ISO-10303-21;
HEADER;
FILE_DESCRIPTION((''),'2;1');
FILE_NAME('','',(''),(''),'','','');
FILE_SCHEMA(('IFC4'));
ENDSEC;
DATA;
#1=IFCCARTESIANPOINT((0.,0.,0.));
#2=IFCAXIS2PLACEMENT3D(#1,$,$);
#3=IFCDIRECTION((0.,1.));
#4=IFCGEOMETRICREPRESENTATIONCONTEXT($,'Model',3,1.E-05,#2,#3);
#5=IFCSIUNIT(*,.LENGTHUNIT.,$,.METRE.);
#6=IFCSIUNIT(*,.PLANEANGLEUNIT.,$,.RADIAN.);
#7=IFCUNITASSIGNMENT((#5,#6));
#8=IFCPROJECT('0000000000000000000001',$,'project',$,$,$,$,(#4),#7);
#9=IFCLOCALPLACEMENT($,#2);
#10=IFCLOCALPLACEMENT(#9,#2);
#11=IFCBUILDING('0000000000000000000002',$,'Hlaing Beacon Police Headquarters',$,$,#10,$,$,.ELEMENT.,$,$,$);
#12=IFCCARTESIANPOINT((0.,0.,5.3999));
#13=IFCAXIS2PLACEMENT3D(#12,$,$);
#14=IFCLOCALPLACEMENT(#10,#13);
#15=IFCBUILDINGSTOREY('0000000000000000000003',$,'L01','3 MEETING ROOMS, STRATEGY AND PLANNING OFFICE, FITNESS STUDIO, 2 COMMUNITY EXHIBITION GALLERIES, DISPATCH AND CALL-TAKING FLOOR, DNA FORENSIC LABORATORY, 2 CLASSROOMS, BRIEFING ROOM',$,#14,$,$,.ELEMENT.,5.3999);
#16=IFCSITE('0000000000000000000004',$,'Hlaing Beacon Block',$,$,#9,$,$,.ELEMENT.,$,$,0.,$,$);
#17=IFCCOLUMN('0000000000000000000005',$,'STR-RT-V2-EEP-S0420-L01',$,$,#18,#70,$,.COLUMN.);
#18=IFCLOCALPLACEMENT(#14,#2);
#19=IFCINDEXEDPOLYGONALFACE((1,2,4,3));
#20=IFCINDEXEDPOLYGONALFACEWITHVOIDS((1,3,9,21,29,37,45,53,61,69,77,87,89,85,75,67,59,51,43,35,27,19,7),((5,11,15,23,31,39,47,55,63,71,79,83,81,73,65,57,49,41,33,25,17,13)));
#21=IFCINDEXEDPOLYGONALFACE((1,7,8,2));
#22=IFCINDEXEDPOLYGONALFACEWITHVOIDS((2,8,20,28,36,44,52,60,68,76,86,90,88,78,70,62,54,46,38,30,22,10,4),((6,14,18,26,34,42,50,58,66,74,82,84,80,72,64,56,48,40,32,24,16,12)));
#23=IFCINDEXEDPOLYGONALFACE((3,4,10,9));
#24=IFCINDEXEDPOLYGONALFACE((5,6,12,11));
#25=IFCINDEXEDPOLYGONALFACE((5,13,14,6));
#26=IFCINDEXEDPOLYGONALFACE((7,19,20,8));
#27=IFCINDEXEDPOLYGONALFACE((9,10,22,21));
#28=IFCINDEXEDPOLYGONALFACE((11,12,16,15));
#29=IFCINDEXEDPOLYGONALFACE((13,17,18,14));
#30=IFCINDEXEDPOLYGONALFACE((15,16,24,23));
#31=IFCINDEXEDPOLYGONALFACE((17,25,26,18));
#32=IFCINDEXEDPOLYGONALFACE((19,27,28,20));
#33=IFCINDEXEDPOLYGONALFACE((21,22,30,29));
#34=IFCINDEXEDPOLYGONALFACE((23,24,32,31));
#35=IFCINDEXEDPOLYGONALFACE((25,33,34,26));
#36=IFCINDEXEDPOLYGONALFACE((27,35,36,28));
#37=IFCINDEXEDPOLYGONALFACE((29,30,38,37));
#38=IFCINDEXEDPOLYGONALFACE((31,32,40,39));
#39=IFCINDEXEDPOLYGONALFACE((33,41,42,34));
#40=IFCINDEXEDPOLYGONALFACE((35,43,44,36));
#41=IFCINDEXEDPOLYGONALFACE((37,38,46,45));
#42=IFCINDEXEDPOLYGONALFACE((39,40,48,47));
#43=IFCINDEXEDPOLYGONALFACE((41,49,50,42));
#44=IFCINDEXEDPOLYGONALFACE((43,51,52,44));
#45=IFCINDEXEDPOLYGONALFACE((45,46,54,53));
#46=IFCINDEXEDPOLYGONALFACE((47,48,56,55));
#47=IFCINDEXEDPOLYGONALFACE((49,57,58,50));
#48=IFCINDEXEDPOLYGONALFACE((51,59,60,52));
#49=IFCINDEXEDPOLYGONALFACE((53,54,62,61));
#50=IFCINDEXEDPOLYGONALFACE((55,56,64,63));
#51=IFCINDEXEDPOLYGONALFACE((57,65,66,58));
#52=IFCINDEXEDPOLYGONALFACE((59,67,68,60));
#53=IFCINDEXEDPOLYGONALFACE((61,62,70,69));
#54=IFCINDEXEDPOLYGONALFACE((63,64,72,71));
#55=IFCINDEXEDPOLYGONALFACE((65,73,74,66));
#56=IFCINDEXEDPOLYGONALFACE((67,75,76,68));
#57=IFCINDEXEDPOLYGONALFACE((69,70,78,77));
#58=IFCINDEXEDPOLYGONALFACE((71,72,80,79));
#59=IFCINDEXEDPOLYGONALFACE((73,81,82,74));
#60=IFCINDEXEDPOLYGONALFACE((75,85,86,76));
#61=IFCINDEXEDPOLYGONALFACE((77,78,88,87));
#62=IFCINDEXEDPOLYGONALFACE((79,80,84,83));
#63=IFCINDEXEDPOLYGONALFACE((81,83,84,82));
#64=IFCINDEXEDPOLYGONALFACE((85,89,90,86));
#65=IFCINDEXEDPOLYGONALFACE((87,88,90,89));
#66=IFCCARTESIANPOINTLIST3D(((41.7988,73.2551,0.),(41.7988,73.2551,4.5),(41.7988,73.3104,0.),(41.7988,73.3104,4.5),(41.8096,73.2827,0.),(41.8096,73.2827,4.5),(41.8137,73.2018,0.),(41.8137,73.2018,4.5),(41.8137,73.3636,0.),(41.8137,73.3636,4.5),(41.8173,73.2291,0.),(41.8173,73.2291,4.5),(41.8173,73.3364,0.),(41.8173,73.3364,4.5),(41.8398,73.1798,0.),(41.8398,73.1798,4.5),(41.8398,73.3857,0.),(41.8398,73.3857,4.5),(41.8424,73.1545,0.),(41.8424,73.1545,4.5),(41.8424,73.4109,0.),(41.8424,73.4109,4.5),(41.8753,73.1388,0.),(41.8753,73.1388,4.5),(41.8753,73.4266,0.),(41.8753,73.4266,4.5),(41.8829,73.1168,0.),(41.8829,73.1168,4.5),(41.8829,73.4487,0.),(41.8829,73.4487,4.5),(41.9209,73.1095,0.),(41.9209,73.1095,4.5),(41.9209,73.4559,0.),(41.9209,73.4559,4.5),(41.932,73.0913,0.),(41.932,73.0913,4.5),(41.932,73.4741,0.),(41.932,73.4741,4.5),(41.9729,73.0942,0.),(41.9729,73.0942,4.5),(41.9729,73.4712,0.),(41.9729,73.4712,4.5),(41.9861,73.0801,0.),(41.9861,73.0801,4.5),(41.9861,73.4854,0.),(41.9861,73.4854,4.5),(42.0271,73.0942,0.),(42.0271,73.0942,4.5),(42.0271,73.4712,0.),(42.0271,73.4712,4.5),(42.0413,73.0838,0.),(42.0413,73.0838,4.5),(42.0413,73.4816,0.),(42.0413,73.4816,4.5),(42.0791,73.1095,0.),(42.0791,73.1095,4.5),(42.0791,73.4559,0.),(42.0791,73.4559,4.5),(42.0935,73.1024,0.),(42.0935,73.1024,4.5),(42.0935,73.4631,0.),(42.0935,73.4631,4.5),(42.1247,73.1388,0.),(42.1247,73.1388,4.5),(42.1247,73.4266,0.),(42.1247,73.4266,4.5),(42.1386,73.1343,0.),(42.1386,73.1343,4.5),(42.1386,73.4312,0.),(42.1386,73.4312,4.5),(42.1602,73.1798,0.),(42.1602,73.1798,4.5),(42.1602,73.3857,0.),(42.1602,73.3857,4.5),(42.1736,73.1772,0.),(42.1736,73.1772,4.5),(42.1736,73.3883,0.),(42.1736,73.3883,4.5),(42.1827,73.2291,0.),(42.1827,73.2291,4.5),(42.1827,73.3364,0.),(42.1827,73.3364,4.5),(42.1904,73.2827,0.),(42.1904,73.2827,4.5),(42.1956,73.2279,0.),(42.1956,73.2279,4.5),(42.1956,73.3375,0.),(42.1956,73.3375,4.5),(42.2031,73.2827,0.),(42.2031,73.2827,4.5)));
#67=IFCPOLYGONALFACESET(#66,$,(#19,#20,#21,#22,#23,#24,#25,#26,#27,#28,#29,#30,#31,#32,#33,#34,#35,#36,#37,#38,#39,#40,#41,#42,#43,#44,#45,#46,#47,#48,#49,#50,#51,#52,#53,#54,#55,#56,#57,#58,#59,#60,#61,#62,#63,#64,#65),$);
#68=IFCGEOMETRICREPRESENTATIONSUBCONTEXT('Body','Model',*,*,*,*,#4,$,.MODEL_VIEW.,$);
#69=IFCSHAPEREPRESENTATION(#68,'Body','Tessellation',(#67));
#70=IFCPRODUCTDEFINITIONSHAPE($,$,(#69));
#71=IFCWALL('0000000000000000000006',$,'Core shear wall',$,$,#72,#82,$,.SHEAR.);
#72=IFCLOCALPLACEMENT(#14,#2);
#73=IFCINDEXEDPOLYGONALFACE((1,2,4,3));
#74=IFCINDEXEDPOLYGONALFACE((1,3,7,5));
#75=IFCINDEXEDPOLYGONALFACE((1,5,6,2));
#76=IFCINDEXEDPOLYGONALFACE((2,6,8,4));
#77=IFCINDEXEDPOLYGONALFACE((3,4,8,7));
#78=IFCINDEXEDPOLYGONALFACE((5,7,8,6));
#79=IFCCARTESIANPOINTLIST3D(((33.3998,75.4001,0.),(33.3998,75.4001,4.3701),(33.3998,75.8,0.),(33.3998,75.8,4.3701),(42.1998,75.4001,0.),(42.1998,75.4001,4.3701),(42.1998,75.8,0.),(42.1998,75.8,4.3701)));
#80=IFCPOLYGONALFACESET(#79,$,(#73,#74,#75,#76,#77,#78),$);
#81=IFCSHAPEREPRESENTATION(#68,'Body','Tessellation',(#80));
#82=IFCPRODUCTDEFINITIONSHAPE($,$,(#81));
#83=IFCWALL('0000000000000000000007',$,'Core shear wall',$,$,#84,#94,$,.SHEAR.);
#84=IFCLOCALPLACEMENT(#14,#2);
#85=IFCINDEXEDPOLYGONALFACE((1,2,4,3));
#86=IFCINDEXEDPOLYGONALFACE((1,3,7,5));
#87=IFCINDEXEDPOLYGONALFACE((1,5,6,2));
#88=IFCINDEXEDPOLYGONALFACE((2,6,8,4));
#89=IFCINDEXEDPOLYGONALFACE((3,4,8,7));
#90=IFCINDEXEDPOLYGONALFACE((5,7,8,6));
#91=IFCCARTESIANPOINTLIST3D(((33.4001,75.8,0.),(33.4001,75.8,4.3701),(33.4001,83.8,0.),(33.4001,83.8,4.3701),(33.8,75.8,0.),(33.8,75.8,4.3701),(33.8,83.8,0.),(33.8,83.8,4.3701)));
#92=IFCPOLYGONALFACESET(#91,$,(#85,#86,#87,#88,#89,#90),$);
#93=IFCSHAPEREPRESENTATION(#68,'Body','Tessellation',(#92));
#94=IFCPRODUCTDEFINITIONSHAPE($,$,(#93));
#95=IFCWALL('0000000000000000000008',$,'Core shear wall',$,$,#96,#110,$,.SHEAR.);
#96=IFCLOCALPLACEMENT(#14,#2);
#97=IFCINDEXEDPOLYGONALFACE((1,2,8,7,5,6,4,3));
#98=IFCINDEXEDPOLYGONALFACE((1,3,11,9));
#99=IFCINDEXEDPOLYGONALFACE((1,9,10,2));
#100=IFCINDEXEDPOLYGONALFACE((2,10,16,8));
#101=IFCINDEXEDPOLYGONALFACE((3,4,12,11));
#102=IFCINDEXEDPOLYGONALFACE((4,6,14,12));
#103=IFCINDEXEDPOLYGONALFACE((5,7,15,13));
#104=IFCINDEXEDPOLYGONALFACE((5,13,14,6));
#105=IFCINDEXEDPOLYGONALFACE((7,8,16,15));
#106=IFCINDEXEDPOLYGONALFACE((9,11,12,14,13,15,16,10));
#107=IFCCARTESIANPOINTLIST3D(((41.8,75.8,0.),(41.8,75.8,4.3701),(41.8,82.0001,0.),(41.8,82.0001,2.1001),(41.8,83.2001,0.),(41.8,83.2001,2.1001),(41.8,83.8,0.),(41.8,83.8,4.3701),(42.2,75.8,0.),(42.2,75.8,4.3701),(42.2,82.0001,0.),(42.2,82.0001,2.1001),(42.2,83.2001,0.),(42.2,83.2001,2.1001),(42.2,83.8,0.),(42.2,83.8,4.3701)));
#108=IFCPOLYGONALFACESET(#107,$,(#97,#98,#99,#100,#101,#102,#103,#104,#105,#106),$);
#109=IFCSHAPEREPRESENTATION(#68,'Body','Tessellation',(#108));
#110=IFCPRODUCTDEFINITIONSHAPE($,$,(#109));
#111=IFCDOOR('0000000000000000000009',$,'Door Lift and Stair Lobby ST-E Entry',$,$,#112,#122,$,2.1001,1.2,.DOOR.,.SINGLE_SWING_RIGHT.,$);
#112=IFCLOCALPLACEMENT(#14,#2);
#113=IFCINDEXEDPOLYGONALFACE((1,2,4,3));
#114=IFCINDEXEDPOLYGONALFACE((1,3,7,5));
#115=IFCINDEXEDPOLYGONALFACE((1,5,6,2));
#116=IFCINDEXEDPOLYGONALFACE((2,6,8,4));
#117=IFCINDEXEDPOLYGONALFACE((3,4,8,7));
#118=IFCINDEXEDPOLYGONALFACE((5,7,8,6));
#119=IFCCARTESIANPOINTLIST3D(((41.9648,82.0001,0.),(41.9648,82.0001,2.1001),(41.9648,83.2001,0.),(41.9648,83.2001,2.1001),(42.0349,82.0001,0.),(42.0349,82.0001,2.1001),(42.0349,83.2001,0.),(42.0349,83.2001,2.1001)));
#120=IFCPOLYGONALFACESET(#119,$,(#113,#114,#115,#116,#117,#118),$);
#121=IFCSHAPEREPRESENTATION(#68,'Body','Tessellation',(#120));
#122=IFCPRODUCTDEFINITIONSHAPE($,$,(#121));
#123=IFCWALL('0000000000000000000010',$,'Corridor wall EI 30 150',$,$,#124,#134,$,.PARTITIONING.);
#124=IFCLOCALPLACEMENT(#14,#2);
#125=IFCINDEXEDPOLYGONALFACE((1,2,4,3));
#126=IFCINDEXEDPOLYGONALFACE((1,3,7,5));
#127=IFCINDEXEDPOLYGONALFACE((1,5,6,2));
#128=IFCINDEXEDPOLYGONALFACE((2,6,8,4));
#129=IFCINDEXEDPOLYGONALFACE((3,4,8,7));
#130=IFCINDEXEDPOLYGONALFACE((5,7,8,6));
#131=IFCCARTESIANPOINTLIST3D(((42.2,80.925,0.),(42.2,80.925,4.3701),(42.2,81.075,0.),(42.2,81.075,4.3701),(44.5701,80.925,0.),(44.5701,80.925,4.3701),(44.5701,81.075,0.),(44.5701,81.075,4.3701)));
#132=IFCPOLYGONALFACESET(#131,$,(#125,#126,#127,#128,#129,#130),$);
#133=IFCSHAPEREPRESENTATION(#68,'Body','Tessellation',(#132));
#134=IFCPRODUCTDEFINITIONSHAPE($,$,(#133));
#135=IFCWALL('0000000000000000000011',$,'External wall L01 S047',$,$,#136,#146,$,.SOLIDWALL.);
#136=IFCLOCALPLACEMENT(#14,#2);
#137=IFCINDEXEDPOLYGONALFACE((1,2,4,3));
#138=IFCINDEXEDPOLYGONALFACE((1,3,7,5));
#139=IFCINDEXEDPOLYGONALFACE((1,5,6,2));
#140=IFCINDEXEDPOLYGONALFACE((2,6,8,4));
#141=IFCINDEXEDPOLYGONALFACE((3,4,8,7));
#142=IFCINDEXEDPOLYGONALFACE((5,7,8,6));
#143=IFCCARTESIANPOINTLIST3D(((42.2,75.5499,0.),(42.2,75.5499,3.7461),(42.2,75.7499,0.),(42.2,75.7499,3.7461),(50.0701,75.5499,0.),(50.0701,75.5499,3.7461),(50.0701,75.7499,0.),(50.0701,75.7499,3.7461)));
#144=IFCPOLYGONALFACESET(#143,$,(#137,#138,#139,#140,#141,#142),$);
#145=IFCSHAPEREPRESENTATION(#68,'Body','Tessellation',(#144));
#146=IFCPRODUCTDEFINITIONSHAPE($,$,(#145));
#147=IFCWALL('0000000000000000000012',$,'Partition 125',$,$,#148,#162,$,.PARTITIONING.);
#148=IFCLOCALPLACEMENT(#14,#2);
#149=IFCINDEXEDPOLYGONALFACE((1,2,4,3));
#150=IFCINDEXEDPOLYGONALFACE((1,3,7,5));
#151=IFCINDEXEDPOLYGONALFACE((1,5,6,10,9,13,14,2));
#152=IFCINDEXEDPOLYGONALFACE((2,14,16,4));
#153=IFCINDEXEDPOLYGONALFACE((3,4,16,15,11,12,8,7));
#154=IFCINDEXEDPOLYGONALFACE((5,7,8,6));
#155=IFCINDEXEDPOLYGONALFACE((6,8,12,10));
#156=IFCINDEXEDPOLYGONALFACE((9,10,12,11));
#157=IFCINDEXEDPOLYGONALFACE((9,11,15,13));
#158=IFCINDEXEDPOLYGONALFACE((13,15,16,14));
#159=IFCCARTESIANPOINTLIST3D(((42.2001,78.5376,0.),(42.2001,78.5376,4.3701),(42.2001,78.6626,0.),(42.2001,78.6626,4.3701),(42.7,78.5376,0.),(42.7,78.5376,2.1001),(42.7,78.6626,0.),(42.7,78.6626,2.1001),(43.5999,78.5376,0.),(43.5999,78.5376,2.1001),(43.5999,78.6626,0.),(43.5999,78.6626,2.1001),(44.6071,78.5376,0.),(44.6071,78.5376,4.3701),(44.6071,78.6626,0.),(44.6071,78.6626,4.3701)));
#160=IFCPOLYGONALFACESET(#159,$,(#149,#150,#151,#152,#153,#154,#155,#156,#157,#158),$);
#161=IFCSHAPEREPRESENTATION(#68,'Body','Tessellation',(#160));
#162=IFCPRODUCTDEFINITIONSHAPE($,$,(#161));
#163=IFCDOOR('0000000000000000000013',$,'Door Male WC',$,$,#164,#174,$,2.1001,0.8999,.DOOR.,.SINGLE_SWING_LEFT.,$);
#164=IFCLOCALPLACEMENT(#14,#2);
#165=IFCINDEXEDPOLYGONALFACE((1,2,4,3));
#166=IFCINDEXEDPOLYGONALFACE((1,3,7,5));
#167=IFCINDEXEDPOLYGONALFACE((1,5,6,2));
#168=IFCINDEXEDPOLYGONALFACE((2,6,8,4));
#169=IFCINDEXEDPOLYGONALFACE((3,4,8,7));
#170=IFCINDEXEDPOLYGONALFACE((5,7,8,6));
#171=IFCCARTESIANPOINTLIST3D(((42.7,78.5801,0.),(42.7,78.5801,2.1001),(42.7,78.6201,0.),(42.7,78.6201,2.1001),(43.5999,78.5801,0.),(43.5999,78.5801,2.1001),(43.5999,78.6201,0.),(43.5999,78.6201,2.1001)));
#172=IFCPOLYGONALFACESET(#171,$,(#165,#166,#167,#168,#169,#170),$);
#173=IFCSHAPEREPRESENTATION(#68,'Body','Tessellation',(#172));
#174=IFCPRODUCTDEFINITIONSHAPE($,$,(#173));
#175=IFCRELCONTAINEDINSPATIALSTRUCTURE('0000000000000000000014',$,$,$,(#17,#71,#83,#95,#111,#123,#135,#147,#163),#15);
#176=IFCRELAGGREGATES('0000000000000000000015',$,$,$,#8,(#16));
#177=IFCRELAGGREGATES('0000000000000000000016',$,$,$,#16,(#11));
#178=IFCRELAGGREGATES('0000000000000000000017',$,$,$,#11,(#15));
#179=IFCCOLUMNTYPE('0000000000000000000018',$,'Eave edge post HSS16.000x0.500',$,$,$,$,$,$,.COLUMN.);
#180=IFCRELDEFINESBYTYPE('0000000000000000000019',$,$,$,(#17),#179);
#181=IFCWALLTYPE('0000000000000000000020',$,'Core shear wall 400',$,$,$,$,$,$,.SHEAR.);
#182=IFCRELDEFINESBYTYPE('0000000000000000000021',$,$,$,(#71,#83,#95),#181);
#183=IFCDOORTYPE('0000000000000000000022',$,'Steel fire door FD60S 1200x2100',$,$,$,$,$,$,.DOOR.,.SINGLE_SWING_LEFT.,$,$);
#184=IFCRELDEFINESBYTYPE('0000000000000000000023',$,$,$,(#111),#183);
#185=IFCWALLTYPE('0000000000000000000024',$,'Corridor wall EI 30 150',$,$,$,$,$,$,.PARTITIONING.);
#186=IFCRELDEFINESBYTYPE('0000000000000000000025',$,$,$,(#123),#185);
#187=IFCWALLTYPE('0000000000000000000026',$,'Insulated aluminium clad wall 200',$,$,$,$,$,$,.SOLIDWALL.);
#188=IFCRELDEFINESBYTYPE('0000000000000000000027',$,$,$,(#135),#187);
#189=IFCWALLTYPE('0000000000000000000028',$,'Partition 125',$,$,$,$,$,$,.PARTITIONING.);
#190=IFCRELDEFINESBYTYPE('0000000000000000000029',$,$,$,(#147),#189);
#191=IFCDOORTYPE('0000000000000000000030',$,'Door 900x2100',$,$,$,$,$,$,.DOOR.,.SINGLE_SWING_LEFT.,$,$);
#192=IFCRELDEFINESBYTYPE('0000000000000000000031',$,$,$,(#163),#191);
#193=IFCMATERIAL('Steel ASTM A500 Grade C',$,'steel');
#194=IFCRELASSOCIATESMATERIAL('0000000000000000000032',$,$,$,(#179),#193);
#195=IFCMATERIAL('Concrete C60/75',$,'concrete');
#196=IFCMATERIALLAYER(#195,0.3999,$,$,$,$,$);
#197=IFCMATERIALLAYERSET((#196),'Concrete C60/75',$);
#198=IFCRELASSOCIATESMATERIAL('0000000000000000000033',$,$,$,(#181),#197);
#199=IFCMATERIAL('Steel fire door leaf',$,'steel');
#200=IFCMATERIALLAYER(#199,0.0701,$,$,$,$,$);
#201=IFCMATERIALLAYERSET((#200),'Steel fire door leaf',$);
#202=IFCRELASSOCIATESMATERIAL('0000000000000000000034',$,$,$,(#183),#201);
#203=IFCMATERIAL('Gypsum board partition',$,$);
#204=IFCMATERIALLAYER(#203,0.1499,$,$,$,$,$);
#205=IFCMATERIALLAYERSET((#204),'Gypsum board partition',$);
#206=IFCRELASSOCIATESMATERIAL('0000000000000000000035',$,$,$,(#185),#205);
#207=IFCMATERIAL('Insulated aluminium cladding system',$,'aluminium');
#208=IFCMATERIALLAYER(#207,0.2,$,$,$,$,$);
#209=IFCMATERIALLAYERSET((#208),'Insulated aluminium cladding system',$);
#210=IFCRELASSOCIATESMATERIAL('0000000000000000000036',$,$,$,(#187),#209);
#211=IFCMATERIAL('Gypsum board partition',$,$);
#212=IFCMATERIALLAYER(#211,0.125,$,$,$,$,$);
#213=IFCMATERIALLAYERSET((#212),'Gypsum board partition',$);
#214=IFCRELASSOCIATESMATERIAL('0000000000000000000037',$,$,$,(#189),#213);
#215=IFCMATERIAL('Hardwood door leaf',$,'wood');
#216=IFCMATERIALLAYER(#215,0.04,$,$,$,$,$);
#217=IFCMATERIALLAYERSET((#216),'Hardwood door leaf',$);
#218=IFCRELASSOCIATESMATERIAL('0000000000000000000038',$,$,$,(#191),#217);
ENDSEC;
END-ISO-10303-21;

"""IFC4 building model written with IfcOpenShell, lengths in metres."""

from ifc_helpers import new_model, si_unit, direction, frame, frame_2d, origin, origin_2d, place, context, subcontext, project, spatial, rectangle, hollow_circle, extrude, material, layer, layer_set, material_profile, profile_set, type_object, element, fill, save


model = new_model("IFC4")

# Units and contexts
model_context = context("Model", 3, precision=1e-05, world=origin(), true_north=direction((0.0, 1.0)))
body_context = subcontext(model_context, "Body", "Model", "MODEL_VIEW")
ifc_project = project(units=[si_unit("LENGTHUNIT", "METRE"), si_unit("PLANEANGLEUNIT", "RADIAN")], contexts=[model_context])

# Site, building, storey
site_placement = place(None, origin())
site = spatial("IfcSite", under=ifc_project, at=site_placement, Name="Hlaing Beacon Block", CompositionType="ELEMENT", RefElevation=0.0)
building_placement = place(site_placement, origin())
building = spatial("IfcBuilding", under=site, at=building_placement, Name="Hlaing Beacon Police Headquarters", CompositionType="ELEMENT")
storey_placement = place(building_placement, frame((0.0, 0.0, 5.3999)))
storey = spatial("IfcBuildingStorey", under=building, at=storey_placement, Name="L01", Description="3 MEETING ROOMS, STRATEGY AND PLANNING OFFICE, FITNESS STUDIO, 2 COMMUNITY EXHIBITION GALLERIES, DISPATCH AND CALL-TAKING FLOOR, DNA FORENSIC LABORATORY, 2 CLASSROOMS, BRIEFING ROOM", CompositionType="ELEMENT", Elevation=5.3999)

# Column
ifc_material_1 = material(Name="Steel ASTM A500 Grade C", Category="steel")
ifc_material_profile = material_profile(ifc_material_1, hollow_circle(Radius=0.2031, WallThickness=0.0127, at=origin_2d()), Name="HSS16.000x0.500")
ifc_profile_set = profile_set([ifc_material_profile], Name="Steel ASTM A500 Grade C")
column_type = type_object("IfcColumnType", Name="Eave edge post HSS16.000x0.500", PredefinedType="COLUMN", material=ifc_profile_set)
column_placement = place(storey_placement, frame((42.0, 73.2827, 0.0), z_axis=(0.0, 0.0, 1.0), x_axis=(1.0, 0.0, 0.0)))
element("IfcColumn", 1, at=column_placement, inside=storey, type_object=column_type, Name="STR-RT-V2-EEP-S0420-L01", PredefinedType="COLUMN", context=body_context, shape_type="SweptSolid", body=[
    extrude(hollow_circle(Radius=0.2031, WallThickness=0.0127, at=origin_2d()), origin(), (0.0, 0.0, 1.0), 4.5),
])

# Walls
ifc_material_2 = material(Name="Concrete C60/75", Category="concrete")
ifc_layer_1 = layer(ifc_material_2, 0.3999)
ifc_layer_set_1 = layer_set([ifc_layer_1], Name="Concrete C60/75")
wall_type_1 = type_object("IfcWallType", Name="Core shear wall 400", PredefinedType="SHEAR", material=ifc_layer_set_1)
wall_1_placement = place(storey_placement, frame((33.3999, 75.6001, 0.0), z_axis=(0.0, 0.0, 1.0), x_axis=(1.0, 0.0, 0.0)))
element("IfcWall", 2, at=wall_1_placement, inside=storey, type_object=wall_type_1, Name="Core shear wall", PredefinedType="SHEAR", context=body_context, shape_type="SweptSolid", body=[
    extrude(rectangle(XDim=8.8, YDim=0.3999, at=frame_2d((4.3999, 0.0))), origin(), (0.0, 0.0, 1.0), 4.3701),
])
wall_2_placement = place(storey_placement, frame((33.6001, 75.8, 0.0), z_axis=(0.0, 0.0, 1.0), x_axis=(0.0, 1.0, 0.0)))
element("IfcWall", 3, at=wall_2_placement, inside=storey, type_object=wall_type_1, Name="Core shear wall", PredefinedType="SHEAR", context=body_context, shape_type="SweptSolid", body=[
    extrude(rectangle(XDim=8.0, YDim=0.3999, at=frame_2d((4.0, 0.0))), origin(), (0.0, 0.0, 1.0), 4.3701),
])

# Wall, opening, door
wall_3_placement = place(storey_placement, frame((42.0, 75.8, 0.0), z_axis=(0.0, 0.0, 1.0), x_axis=(0.0, 1.0, 0.0)))
wall_3 = element("IfcWall", 4, at=wall_3_placement, inside=storey, type_object=wall_type_1, Name="Core shear wall", PredefinedType="SHEAR", context=body_context, shape_type="SweptSolid", body=[
    extrude(rectangle(XDim=8.0, YDim=0.3999, at=frame_2d((4.0, 0.0))), origin(), (0.0, 0.0, 1.0), 4.3701),
])
opening_1_placement = place(wall_3_placement, frame((6.2, 0.0, 0.0)))
opening_1 = element("IfcOpeningElement", 5, at=opening_1_placement, cuts=wall_3, PredefinedType="OPENING", context=body_context, shape_type="SweptSolid", body=[
    extrude(rectangle(XDim=1.2, YDim=2.1001, at=frame_2d((0.6001, 1.05))), frame((0.0, 0.21, 0.0), z_axis=(0.0, -1.0, 0.0), x_axis=(1.0, 0.0, 0.0)), (0.0, 0.0, 1.0), 0.4199),
])
ifc_material_3 = material(Name="Steel fire door leaf", Category="steel")
ifc_layer_2 = layer(ifc_material_3, 0.0701)
ifc_layer_set_2 = layer_set([ifc_layer_2], Name="Steel fire door leaf")
door_type_1 = type_object("IfcDoorType", Name="Steel fire door FD60S 1200x2100", OperationType="SINGLE_SWING_LEFT", PredefinedType="DOOR", material=ifc_layer_set_2)
door_1_placement = place(opening_1_placement, origin())
door_1 = element("IfcDoor", 6, at=door_1_placement, inside=storey, type_object=door_type_1, Name="Door Lift and Stair Lobby ST-E Entry", OperationType="SINGLE_SWING_RIGHT", OverallHeight=2.1001, OverallWidth=1.2, PredefinedType="DOOR", context=body_context, shape_type="SweptSolid", body=[
    extrude(rectangle(XDim=1.2, YDim=2.1001, at=frame_2d((0.6001, 1.05))), frame((0.0, 0.0352, 0.0), z_axis=(0.0, -1.0, 0.0), x_axis=(1.0, 0.0, 0.0)), (0.0, 0.0, 1.0), 0.0701),
])
fill(opening_1, door_1)

# Walls
ifc_material_4 = material(Name="Gypsum board partition")
ifc_layer_3 = layer(ifc_material_4, 0.1499)
ifc_layer_set_3 = layer_set([ifc_layer_3], Name="Gypsum board partition")
wall_type_2 = type_object("IfcWallType", Name="Corridor wall EI 30 150", PredefinedType="PARTITIONING", material=ifc_layer_set_3)
wall_4_placement = place(storey_placement, frame((42.2, 81.0, 0.0), z_axis=(0.0, 0.0, 1.0), x_axis=(1.0, 0.0, 0.0)))
element("IfcWall", 7, at=wall_4_placement, inside=storey, type_object=wall_type_2, Name="Corridor wall EI 30 150", PredefinedType="PARTITIONING", context=body_context, shape_type="SweptSolid", body=[
    extrude(rectangle(XDim=2.3701, YDim=0.1499, at=frame_2d((1.1851, 0.0))), origin(), (0.0, 0.0, 1.0), 4.3701),
])
ifc_material_5 = material(Name="Insulated aluminium cladding system", Category="aluminium")
ifc_layer_4 = layer(ifc_material_5, 0.2)
ifc_layer_set_4 = layer_set([ifc_layer_4], Name="Insulated aluminium cladding system")
wall_type_3 = type_object("IfcWallType", Name="Insulated aluminium clad wall 200", PredefinedType="SOLIDWALL", material=ifc_layer_set_4)
wall_5_placement = place(storey_placement, frame((42.2, 75.6499, 0.0), z_axis=(0.0, 0.0, 1.0), x_axis=(1.0, 0.0, 0.0)))
element("IfcWall", 8, at=wall_5_placement, inside=storey, type_object=wall_type_3, Name="External wall L01 S047", PredefinedType="SOLIDWALL", context=body_context, shape_type="SweptSolid", body=[
    extrude(rectangle(XDim=7.8701, YDim=0.2, at=frame_2d((3.9351, 0.0))), origin(), (0.0, 0.0, 1.0), 3.7461),
])

# Wall, opening, door
ifc_material_6 = material(Name="Gypsum board partition")
ifc_layer_5 = layer(ifc_material_6, 0.125)
ifc_layer_set_5 = layer_set([ifc_layer_5], Name="Gypsum board partition")
wall_type_4 = type_object("IfcWallType", Name="Partition 125", PredefinedType="PARTITIONING", material=ifc_layer_set_5)
wall_6_placement = place(storey_placement, frame((42.2, 78.6001, 0.0), z_axis=(0.0, 0.0, 1.0), x_axis=(1.0, 0.0, 0.0)))
wall_6 = element("IfcWall", 9, at=wall_6_placement, inside=storey, type_object=wall_type_4, Name="Partition 125", PredefinedType="PARTITIONING", context=body_context, shape_type="SweptSolid", body=[
    extrude(rectangle(XDim=2.407, YDim=0.125, at=frame_2d((1.2036, 0.0))), origin(), (0.0, 0.0, 1.0), 4.3701),
])
opening_2_placement = place(wall_6_placement, frame((0.5, 0.0, 0.0)))
opening_2 = element("IfcOpeningElement", 10, at=opening_2_placement, cuts=wall_6, PredefinedType="OPENING", context=body_context, shape_type="SweptSolid", body=[
    extrude(rectangle(XDim=0.8999, YDim=2.1001, at=frame_2d((0.45, 1.05))), frame((0.0, 0.0725, 0.0), z_axis=(0.0, -1.0, 0.0), x_axis=(1.0, 0.0, 0.0)), (0.0, 0.0, 1.0), 0.145),
])
ifc_material_7 = material(Name="Hardwood door leaf", Category="wood")
ifc_layer_6 = layer(ifc_material_7, 0.04)
ifc_layer_set_6 = layer_set([ifc_layer_6], Name="Hardwood door leaf")
door_type_2 = type_object("IfcDoorType", Name="Door 900x2100", OperationType="SINGLE_SWING_LEFT", PredefinedType="DOOR", material=ifc_layer_set_6)
door_2_placement = place(opening_2_placement, frame((0.8999, 0.0, 0.0), z_axis=(0.0, 0.0, 1.0), x_axis=(-1.0, 0.0, 0.0)))
door_2 = element("IfcDoor", 11, at=door_2_placement, inside=storey, type_object=door_type_2, Name="Door Male WC", OperationType="SINGLE_SWING_LEFT", OverallHeight=2.1001, OverallWidth=0.8999, PredefinedType="DOOR", context=body_context, shape_type="SweptSolid", body=[
    extrude(rectangle(XDim=0.8999, YDim=2.1001, at=frame_2d((0.45, 1.05))), frame((0.0, 0.02, 0.0), z_axis=(0.0, -1.0, 0.0), x_axis=(1.0, 0.0, 0.0)), (0.0, 0.0, 1.0), 0.04),
])
fill(opening_2, door_2)

save(model, "model.ifc")
